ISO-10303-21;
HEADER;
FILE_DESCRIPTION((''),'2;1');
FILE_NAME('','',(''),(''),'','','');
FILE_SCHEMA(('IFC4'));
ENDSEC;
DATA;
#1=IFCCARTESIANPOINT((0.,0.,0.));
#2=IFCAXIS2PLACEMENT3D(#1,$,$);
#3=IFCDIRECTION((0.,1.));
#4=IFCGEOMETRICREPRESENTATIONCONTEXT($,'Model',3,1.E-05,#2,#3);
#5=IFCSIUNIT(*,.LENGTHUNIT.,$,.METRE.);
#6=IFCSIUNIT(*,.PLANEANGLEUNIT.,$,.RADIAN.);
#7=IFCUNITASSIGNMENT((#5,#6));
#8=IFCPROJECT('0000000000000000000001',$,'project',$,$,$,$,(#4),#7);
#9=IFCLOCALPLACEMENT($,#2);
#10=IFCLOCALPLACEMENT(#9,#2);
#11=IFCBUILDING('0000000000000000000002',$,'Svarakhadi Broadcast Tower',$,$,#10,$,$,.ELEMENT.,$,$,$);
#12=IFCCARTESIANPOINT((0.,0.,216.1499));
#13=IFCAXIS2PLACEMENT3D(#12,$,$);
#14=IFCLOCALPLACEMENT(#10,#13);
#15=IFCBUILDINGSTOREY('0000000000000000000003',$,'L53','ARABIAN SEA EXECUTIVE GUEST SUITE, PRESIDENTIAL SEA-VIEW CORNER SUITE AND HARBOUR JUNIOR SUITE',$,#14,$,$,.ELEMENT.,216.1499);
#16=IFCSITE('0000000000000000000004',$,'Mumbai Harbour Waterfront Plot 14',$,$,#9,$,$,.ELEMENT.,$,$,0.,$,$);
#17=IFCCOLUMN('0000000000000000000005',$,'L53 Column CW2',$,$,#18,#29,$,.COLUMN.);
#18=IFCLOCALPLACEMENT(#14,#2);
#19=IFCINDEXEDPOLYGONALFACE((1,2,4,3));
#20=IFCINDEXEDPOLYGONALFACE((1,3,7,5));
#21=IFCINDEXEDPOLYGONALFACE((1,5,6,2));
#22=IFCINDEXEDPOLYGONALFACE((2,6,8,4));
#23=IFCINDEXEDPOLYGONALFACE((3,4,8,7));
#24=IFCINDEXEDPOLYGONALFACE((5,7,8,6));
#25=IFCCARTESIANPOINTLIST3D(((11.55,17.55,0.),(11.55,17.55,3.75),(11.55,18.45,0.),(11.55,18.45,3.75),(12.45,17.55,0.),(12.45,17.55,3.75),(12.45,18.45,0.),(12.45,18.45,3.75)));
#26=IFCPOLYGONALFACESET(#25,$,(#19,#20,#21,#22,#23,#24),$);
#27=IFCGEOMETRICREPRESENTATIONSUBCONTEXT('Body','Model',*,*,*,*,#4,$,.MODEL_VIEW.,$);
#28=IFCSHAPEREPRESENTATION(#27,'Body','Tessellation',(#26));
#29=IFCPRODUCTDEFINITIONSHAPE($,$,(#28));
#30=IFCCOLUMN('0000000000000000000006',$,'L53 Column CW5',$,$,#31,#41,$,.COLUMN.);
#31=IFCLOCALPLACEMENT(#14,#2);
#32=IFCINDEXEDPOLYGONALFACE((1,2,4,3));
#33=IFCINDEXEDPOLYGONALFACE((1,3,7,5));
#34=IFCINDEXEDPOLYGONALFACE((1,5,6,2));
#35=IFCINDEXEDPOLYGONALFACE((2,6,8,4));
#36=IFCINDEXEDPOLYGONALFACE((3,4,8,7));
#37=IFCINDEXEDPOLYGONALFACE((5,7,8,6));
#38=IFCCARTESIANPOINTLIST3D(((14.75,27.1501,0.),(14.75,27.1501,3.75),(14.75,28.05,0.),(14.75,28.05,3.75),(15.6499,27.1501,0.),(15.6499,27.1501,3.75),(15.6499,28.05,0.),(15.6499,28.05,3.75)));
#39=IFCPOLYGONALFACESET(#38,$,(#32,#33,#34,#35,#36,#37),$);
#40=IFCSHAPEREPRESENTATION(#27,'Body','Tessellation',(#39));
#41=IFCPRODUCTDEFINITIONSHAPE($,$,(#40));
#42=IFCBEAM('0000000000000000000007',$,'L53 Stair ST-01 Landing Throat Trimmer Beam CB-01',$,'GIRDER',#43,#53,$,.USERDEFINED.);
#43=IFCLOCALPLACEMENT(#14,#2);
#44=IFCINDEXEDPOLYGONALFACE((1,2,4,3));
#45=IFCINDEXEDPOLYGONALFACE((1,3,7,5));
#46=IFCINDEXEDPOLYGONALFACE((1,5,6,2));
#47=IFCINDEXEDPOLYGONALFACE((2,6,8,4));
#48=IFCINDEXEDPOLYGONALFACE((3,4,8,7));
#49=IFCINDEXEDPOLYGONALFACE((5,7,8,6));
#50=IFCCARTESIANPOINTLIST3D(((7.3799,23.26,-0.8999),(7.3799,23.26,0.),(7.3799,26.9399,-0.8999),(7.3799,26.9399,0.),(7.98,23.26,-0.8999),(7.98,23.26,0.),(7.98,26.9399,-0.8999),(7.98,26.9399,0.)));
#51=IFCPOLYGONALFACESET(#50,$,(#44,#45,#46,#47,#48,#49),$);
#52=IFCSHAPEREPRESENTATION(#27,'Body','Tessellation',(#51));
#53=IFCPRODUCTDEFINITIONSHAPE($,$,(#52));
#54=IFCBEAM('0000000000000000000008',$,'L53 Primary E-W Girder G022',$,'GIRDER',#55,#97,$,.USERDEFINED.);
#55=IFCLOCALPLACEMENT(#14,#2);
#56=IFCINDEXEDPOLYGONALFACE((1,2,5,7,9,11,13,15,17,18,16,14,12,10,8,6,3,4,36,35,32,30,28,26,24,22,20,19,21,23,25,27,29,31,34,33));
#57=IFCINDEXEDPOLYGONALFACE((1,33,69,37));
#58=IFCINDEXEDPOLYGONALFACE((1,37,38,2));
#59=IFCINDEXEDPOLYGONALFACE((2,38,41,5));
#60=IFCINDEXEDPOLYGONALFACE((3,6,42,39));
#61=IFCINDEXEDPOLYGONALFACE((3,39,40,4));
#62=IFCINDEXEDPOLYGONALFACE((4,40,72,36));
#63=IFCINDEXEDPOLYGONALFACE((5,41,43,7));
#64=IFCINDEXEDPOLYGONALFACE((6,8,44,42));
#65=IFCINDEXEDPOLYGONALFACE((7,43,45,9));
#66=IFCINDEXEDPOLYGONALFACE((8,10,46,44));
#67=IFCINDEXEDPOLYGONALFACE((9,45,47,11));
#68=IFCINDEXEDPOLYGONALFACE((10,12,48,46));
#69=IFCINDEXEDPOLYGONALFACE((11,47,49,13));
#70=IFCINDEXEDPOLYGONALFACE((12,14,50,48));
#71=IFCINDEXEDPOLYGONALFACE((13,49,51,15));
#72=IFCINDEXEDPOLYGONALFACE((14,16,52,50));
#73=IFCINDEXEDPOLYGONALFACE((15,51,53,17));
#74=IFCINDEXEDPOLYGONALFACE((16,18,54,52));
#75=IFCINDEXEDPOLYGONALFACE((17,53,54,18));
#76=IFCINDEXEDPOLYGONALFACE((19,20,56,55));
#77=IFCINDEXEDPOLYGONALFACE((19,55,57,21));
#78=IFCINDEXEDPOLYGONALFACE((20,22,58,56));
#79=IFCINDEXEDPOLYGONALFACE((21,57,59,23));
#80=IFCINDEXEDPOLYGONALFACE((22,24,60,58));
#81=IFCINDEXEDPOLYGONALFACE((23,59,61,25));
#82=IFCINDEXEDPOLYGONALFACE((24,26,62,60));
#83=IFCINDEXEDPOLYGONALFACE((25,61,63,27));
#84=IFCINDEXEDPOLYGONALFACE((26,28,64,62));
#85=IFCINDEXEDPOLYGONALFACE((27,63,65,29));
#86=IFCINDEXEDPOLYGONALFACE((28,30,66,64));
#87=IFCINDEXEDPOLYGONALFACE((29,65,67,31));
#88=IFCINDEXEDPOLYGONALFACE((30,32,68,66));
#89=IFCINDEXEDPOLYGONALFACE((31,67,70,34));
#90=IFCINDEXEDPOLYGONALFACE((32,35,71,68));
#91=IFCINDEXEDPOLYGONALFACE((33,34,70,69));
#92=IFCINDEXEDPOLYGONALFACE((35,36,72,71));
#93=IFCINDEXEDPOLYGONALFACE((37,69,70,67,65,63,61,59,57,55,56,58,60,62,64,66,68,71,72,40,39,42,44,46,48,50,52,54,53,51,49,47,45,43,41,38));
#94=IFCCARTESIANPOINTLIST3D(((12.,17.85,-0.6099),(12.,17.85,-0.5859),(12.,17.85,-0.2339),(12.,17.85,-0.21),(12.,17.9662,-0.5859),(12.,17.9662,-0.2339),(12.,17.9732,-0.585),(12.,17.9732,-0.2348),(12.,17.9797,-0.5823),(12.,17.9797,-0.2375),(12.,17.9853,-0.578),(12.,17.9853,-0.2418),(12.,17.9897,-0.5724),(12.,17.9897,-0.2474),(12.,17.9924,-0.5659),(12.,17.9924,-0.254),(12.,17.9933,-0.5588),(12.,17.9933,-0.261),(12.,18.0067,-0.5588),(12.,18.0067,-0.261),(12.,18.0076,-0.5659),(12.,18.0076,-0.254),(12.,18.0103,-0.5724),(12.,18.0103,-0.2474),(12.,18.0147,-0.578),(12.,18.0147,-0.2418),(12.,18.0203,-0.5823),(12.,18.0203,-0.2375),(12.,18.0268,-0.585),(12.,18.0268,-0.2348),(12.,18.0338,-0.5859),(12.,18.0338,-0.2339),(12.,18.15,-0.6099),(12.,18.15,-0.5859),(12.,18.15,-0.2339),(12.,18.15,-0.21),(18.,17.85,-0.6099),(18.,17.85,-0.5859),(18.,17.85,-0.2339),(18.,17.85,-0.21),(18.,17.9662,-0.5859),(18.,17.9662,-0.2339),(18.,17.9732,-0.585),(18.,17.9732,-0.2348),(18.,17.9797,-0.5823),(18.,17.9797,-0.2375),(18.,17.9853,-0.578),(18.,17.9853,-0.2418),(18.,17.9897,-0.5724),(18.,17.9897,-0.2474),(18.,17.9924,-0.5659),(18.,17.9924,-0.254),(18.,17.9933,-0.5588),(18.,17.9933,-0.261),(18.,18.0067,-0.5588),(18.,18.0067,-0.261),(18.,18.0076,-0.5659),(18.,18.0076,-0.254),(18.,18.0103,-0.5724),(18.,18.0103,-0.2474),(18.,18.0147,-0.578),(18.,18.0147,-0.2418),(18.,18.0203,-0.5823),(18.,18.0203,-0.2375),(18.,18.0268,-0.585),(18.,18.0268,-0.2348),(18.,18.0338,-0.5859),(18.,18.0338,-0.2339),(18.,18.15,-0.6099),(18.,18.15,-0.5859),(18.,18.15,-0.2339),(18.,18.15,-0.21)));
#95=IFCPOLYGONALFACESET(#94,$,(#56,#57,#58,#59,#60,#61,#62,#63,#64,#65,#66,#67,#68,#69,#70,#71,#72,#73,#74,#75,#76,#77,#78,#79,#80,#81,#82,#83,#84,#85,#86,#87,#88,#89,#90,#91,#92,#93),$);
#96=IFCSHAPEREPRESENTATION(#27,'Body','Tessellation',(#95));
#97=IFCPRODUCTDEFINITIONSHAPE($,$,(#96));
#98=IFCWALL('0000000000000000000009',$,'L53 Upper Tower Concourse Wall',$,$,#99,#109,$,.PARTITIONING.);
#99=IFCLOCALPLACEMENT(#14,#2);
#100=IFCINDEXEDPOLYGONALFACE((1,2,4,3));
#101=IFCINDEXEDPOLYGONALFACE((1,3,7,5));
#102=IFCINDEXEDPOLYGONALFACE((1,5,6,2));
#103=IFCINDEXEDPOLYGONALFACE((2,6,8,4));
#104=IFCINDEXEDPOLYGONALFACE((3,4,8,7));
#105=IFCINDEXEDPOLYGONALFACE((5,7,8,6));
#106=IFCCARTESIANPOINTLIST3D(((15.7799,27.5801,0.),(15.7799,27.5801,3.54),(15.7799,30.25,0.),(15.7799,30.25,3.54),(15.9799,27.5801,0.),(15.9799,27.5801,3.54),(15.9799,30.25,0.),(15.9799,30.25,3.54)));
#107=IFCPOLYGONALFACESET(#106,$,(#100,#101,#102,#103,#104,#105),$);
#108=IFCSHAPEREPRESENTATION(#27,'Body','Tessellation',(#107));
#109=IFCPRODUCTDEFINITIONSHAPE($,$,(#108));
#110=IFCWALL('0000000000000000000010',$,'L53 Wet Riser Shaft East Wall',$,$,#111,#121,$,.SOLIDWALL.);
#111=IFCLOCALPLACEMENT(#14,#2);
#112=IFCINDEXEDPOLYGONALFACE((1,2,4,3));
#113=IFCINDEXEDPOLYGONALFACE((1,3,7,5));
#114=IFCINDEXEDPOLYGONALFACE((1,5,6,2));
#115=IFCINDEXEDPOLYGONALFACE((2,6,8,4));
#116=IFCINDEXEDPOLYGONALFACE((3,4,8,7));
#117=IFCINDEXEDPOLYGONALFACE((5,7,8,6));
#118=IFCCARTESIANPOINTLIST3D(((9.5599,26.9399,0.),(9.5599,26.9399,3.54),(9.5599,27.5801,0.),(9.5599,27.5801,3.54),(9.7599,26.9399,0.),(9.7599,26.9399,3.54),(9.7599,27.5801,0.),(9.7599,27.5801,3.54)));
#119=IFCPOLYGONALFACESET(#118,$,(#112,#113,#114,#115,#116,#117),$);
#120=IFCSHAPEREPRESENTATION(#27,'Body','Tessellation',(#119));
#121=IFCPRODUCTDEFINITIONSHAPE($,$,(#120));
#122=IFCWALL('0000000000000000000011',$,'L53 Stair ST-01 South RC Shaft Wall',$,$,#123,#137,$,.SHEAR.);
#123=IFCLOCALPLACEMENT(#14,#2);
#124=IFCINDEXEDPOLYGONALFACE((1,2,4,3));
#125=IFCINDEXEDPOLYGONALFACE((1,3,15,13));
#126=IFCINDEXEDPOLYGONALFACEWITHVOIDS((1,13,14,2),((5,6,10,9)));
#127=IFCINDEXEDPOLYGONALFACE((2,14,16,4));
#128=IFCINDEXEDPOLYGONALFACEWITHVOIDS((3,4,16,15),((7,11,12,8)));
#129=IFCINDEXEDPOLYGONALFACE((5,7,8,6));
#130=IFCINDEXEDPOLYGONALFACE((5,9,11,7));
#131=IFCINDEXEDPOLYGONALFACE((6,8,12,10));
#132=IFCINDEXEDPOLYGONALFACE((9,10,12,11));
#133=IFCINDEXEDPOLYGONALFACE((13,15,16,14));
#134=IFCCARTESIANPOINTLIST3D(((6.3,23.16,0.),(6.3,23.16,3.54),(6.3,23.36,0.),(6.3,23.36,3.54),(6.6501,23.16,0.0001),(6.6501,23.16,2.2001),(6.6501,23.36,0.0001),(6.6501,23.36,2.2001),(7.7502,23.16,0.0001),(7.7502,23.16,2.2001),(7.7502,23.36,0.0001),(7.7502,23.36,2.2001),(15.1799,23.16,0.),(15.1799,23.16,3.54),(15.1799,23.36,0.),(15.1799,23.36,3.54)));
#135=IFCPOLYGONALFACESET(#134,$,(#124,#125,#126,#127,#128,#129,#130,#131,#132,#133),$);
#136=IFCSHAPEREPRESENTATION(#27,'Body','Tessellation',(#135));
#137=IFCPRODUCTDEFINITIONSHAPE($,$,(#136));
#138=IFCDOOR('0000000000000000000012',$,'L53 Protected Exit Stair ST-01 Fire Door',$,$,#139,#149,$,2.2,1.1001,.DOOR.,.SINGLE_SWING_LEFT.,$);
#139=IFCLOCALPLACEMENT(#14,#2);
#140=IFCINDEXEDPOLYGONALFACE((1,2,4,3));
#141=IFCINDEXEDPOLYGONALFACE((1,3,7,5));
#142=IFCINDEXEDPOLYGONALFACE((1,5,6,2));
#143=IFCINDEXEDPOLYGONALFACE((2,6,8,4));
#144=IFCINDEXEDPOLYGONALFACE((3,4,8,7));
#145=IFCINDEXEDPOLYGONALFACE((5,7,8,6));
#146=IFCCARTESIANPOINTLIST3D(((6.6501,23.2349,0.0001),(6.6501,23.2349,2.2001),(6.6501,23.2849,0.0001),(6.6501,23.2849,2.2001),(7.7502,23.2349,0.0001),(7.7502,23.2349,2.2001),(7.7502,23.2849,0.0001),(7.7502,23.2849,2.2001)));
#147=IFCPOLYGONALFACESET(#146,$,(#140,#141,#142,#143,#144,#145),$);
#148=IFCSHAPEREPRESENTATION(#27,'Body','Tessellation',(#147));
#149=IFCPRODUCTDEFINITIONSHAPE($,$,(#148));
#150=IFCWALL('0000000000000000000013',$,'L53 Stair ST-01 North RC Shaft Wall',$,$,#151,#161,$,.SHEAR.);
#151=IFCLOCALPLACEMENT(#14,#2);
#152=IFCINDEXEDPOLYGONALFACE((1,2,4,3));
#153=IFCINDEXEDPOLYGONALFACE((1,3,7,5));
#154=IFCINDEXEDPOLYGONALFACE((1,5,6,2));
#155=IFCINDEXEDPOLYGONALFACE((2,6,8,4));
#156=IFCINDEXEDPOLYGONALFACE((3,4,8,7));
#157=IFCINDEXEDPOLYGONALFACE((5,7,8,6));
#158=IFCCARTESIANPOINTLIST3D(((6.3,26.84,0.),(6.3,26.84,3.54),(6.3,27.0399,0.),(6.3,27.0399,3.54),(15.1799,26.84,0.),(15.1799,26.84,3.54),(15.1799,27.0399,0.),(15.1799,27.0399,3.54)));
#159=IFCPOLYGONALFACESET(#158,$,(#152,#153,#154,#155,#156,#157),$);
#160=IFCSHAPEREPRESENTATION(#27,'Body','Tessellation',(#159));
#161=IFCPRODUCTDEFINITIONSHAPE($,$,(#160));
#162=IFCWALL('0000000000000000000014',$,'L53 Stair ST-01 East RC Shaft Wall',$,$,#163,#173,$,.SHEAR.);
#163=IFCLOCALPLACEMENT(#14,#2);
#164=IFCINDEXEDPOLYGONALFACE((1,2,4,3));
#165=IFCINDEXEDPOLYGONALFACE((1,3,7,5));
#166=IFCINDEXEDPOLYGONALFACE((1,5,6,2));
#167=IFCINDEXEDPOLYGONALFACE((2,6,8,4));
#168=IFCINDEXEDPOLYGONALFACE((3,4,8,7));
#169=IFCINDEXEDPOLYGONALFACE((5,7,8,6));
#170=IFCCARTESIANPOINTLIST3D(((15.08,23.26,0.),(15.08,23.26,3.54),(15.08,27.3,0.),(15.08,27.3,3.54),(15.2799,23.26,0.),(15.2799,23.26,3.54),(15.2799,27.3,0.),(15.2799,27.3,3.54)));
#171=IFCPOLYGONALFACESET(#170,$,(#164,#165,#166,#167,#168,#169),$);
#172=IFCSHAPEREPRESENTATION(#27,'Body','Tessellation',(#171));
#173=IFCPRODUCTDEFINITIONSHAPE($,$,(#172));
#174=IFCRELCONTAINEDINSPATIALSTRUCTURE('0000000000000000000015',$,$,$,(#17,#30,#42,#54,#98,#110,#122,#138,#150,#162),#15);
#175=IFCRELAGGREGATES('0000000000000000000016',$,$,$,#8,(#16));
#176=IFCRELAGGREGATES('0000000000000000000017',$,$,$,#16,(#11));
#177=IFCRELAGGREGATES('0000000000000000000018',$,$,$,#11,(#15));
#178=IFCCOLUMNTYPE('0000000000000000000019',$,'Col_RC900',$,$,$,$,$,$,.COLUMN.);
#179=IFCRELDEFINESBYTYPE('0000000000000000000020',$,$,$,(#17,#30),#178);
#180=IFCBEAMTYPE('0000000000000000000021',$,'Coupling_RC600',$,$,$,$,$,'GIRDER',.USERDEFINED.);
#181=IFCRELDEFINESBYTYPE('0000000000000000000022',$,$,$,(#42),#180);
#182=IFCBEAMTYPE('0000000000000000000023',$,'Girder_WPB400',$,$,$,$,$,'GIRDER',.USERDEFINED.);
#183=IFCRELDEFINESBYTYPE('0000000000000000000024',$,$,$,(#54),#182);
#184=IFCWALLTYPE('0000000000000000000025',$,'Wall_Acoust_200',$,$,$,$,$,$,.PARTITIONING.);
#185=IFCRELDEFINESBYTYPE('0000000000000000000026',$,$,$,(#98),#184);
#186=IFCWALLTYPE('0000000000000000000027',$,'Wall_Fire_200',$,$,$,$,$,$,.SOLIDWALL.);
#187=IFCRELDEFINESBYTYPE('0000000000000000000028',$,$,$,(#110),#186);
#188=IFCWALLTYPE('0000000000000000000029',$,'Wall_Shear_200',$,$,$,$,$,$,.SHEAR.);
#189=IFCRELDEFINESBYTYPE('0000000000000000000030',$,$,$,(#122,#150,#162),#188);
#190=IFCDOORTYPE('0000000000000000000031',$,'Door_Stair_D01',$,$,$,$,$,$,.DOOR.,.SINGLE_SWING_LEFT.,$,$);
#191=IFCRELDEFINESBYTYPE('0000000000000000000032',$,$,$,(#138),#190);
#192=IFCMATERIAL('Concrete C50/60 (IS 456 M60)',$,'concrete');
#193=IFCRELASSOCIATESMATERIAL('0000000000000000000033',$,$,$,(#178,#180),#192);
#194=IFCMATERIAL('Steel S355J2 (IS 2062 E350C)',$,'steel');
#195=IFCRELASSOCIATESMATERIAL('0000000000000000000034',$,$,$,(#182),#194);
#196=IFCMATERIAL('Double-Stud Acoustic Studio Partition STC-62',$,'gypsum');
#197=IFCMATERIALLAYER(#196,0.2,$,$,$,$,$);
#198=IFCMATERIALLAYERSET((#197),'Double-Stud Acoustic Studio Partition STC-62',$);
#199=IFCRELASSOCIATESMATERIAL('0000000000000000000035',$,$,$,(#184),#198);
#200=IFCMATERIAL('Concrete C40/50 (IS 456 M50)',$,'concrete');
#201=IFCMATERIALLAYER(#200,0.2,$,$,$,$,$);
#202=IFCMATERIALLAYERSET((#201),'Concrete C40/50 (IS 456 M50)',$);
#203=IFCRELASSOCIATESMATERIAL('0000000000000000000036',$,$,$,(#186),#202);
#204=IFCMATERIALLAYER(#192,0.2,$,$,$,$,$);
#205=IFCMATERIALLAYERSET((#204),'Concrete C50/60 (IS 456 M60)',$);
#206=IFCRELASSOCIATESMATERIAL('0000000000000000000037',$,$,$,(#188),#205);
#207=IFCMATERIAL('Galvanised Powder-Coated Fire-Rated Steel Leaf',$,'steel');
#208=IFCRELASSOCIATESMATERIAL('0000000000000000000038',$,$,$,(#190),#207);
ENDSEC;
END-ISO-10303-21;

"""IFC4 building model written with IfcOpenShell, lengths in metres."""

from ifc_helpers import new_model, si_unit, direction, frame, frame_2d, origin, origin_2d, place, context, subcontext, project, spatial, rectangle, i_section, extrude, material, layer, layer_set, material_profile, profile_set, type_object, element, fill, save


model = new_model("IFC4")

# Units and contexts
model_context = context("Model", 3, precision=1e-05, world=origin(), true_north=direction((0.0, 1.0)))
body_context = subcontext(model_context, "Body", "Model", "MODEL_VIEW")
ifc_project = project(units=[si_unit("LENGTHUNIT", "METRE"), si_unit("PLANEANGLEUNIT", "RADIAN")], contexts=[model_context])

# Site, building, storey
site_placement = place(None, origin())
site = spatial("IfcSite", under=ifc_project, at=site_placement, Name="Mumbai Harbour Waterfront Plot 14", CompositionType="ELEMENT", RefElevation=0.0)
building_placement = place(site_placement, origin())
building = spatial("IfcBuilding", under=site, at=building_placement, Name="Svarakhadi Broadcast Tower", CompositionType="ELEMENT")
storey_placement = place(building_placement, frame((0.0, 0.0, 216.1499)))
storey = spatial("IfcBuildingStorey", under=building, at=storey_placement, Name="L53", Description="ARABIAN SEA EXECUTIVE GUEST SUITE, PRESIDENTIAL SEA-VIEW CORNER SUITE AND HARBOUR JUNIOR SUITE", CompositionType="ELEMENT", Elevation=216.1499)

# Columns
ifc_material_1 = material(Name="Concrete C50/60 (IS 456 M60)", Category="concrete")
ifc_material_profile_1 = material_profile(ifc_material_1, rectangle(XDim=0.8999, YDim=0.8999, at=origin_2d()), Name="RC 900x900")
ifc_profile_set_1 = profile_set([ifc_material_profile_1], Name="Concrete C50/60 (IS 456 M60)")
column_type = type_object("IfcColumnType", Name="Col_RC900", PredefinedType="COLUMN", material=ifc_profile_set_1)
for number, where, z_axis, x_axis, name in (
    (1, (12.0, 18.0, 0.0), (0.0, 0.0, 1.0), (1.0, 0.0, 0.0), "L53 Column CW2"),
    (2, (15.2, 27.6001, 0.0), (0.0, 0.0, 1.0), (1.0, 0.0, 0.0), "L53 Column CW5"),
):
    element("IfcColumn", number, at=place(storey_placement, frame(where, z_axis=z_axis, x_axis=x_axis)), inside=storey, type_object=column_type, Name=name, PredefinedType="COLUMN", context=body_context, shape_type="SweptSolid", body=[
        extrude(rectangle(XDim=0.8999, YDim=0.8999, at=origin_2d()), origin(), (0.0, 0.0, 1.0), 3.75),
    ])

# Beams
ifc_material_profile_2 = material_profile(ifc_material_1, rectangle(XDim=0.6001, YDim=0.8999, at=origin_2d()), Name="RC 600x900")
ifc_profile_set_2 = profile_set([ifc_material_profile_2], Name="Concrete C50/60 (IS 456 M60)")
beam_type_1 = type_object("IfcBeamType", Name="Coupling_RC600", ElementType="GIRDER", PredefinedType="USERDEFINED", material=ifc_profile_set_2)
beam_1_placement = place(storey_placement, frame((7.6799, 23.26, -0.45), z_axis=(0.0, 1.0, 0.0), x_axis=(-1.0, 0.0, 0.0)))
element("IfcBeam", 3, at=beam_1_placement, inside=storey, type_object=beam_type_1, Name="L53 Stair ST-01 Landing Throat Trimmer Beam CB-01", ObjectType="GIRDER", PredefinedType="USERDEFINED", context=body_context, shape_type="SweptSolid", body=[
    extrude(rectangle(XDim=0.6001, YDim=0.8999, at=origin_2d()), origin(), (0.0, 0.0, 1.0), 3.6799),
])
ifc_material_2 = material(Name="Steel S355J2 (IS 2062 E350C)", Category="steel")
ifc_material_profile_3 = material_profile(ifc_material_2, i_section(OverallWidth=0.3, OverallDepth=0.3999, WebThickness=0.0134, FlangeThickness=0.0239, FilletRadius=0.0271, at=origin_2d()), Name="WPB 400x300x155")
ifc_profile_set_3 = profile_set([ifc_material_profile_3], Name="Steel S355J2 (IS 2062 E350C)")
beam_type_2 = type_object("IfcBeamType", Name="Girder_WPB400", ElementType="GIRDER", PredefinedType="USERDEFINED", material=ifc_profile_set_3)
beam_2_placement = place(storey_placement, frame((12.0, 18.0, -0.4099), z_axis=(1.0, 0.0, 0.0), x_axis=(0.0, 1.0, 0.0)))
element("IfcBeam", 4, at=beam_2_placement, inside=storey, type_object=beam_type_2, Name="L53 Primary E-W Girder G022", ObjectType="GIRDER", PredefinedType="USERDEFINED", context=body_context, shape_type="SweptSolid", body=[
    extrude(i_section(OverallWidth=0.3, OverallDepth=0.3999, WebThickness=0.0134, FlangeThickness=0.0239, FilletRadius=0.0271, at=origin_2d()), origin(), (0.0, 0.0, 1.0), 6.0),
])

# Walls
ifc_material_3 = material(Name="Double-Stud Acoustic Studio Partition STC-62", Category="gypsum")
ifc_layer_1 = layer(ifc_material_3, 0.2)
ifc_layer_set_1 = layer_set([ifc_layer_1], Name="Double-Stud Acoustic Studio Partition STC-62")
wall_type_1 = type_object("IfcWallType", Name="Wall_Acoust_200", PredefinedType="PARTITIONING", material=ifc_layer_set_1)
wall_1_placement = place(storey_placement, frame((15.8799, 27.5801, 0.0), z_axis=(0.0, 0.0, 1.0), x_axis=(0.0, 1.0, 0.0)))
element("IfcWall", 5, at=wall_1_placement, inside=storey, type_object=wall_type_1, Name="L53 Upper Tower Concourse Wall", PredefinedType="PARTITIONING", context=body_context, shape_type="SweptSolid", body=[
    extrude(rectangle(XDim=2.6699, YDim=0.2, at=frame_2d((1.335, 0.0))), origin(), (0.0, 0.0, 1.0), 3.54),
])
ifc_material_4 = material(Name="Concrete C40/50 (IS 456 M50)", Category="concrete")
ifc_layer_2 = layer(ifc_material_4, 0.2)
ifc_layer_set_2 = layer_set([ifc_layer_2], Name="Concrete C40/50 (IS 456 M50)")
wall_type_2 = type_object("IfcWallType", Name="Wall_Fire_200", PredefinedType="SOLIDWALL", material=ifc_layer_set_2)
wall_2_placement = place(storey_placement, frame((9.6599, 26.9399, 0.0), z_axis=(0.0, 0.0, 1.0), x_axis=(0.0, 1.0, 0.0)))
element("IfcWall", 6, at=wall_2_placement, inside=storey, type_object=wall_type_2, Name="L53 Wet Riser Shaft East Wall", PredefinedType="SOLIDWALL", context=body_context, shape_type="SweptSolid", body=[
    extrude(rectangle(XDim=0.6401, YDim=0.2, at=frame_2d((0.3201, 0.0))), origin(), (0.0, 0.0, 1.0), 3.54),
])

# Wall, opening, door
ifc_layer_3 = layer(ifc_material_1, 0.2)
ifc_layer_set_3 = layer_set([ifc_layer_3], Name="Concrete C50/60 (IS 456 M60)")
wall_type_3 = type_object("IfcWallType", Name="Wall_Shear_200", PredefinedType="SHEAR", material=ifc_layer_set_3)
wall_3_placement = place(storey_placement, frame((6.3, 23.26, 0.0), z_axis=(0.0, 0.0, 1.0), x_axis=(1.0, 0.0, 0.0)))
wall_3 = element("IfcWall", 7, at=wall_3_placement, inside=storey, type_object=wall_type_3, Name="L53 Stair ST-01 South RC Shaft Wall", PredefinedType="SHEAR", context=body_context, shape_type="SweptSolid", body=[
    extrude(rectangle(XDim=8.8799, YDim=0.2, at=frame_2d((4.4399, 0.0))), origin(), (0.0, 0.0, 1.0), 3.54),
])
opening_1_placement = place(wall_3_placement, frame((0.3501, 0.0, 0.0)))
opening_1 = element("IfcOpeningElement", 8, at=opening_1_placement, cuts=wall_3, PredefinedType="OPENING", context=body_context, shape_type="SweptSolid", body=[
    extrude(rectangle(XDim=1.1001, YDim=2.2, at=frame_2d((0.55, 1.1001))), frame((0.0, 0.1099, 0.0), z_axis=(0.0, -1.0, 0.0), x_axis=(1.0, 0.0, 0.0)), (0.0, 0.0, 1.0), 0.22),
])
ifc_material_5 = material(Name="Galvanised Powder-Coated Fire-Rated Steel Leaf", Category="steel")
door_type_1 = type_object("IfcDoorType", Name="Door_Stair_D01", OperationType="SINGLE_SWING_LEFT", PredefinedType="DOOR", material=ifc_material_5)
door_1_placement = place(opening_1_placement, origin())
door_1 = element("IfcDoor", 9, at=door_1_placement, inside=storey, type_object=door_type_1, Name="L53 Protected Exit Stair ST-01 Fire Door", OperationType="SINGLE_SWING_LEFT", OverallHeight=2.2, OverallWidth=1.1001, PredefinedType="DOOR", context=body_context, shape_type="SweptSolid", body=[
    extrude(rectangle(XDim=1.1001, YDim=2.2, at=frame_2d((0.55, 1.1001))), frame((0.0, 0.0249, 0.0), z_axis=(0.0, -1.0, 0.0), x_axis=(1.0, 0.0, 0.0)), (0.0, 0.0, 1.0), 0.05),
])
fill(opening_1, door_1)

# Walls
wall_4_placement = place(storey_placement, frame((6.3, 26.9399, 0.0), z_axis=(0.0, 0.0, 1.0), x_axis=(1.0, 0.0, 0.0)))
element("IfcWall", 10, at=wall_4_placement, inside=storey, type_object=wall_type_3, Name="L53 Stair ST-01 North RC Shaft Wall", PredefinedType="SHEAR", context=body_context, shape_type="SweptSolid", body=[
    extrude(rectangle(XDim=8.8799, YDim=0.2, at=frame_2d((4.4399, 0.0))), origin(), (0.0, 0.0, 1.0), 3.54),
])
wall_5_placement = place(storey_placement, frame((15.1799, 23.26, 0.0), z_axis=(0.0, 0.0, 1.0), x_axis=(0.0, 1.0, 0.0)))
element("IfcWall", 11, at=wall_5_placement, inside=storey, type_object=wall_type_3, Name="L53 Stair ST-01 East RC Shaft Wall", PredefinedType="SHEAR", context=body_context, shape_type="SweptSolid", body=[
    extrude(rectangle(XDim=4.04, YDim=0.2, at=frame_2d((2.02, 0.0))), origin(), (0.0, 0.0, 1.0), 3.54),
])

save(model, "model.ifc")
